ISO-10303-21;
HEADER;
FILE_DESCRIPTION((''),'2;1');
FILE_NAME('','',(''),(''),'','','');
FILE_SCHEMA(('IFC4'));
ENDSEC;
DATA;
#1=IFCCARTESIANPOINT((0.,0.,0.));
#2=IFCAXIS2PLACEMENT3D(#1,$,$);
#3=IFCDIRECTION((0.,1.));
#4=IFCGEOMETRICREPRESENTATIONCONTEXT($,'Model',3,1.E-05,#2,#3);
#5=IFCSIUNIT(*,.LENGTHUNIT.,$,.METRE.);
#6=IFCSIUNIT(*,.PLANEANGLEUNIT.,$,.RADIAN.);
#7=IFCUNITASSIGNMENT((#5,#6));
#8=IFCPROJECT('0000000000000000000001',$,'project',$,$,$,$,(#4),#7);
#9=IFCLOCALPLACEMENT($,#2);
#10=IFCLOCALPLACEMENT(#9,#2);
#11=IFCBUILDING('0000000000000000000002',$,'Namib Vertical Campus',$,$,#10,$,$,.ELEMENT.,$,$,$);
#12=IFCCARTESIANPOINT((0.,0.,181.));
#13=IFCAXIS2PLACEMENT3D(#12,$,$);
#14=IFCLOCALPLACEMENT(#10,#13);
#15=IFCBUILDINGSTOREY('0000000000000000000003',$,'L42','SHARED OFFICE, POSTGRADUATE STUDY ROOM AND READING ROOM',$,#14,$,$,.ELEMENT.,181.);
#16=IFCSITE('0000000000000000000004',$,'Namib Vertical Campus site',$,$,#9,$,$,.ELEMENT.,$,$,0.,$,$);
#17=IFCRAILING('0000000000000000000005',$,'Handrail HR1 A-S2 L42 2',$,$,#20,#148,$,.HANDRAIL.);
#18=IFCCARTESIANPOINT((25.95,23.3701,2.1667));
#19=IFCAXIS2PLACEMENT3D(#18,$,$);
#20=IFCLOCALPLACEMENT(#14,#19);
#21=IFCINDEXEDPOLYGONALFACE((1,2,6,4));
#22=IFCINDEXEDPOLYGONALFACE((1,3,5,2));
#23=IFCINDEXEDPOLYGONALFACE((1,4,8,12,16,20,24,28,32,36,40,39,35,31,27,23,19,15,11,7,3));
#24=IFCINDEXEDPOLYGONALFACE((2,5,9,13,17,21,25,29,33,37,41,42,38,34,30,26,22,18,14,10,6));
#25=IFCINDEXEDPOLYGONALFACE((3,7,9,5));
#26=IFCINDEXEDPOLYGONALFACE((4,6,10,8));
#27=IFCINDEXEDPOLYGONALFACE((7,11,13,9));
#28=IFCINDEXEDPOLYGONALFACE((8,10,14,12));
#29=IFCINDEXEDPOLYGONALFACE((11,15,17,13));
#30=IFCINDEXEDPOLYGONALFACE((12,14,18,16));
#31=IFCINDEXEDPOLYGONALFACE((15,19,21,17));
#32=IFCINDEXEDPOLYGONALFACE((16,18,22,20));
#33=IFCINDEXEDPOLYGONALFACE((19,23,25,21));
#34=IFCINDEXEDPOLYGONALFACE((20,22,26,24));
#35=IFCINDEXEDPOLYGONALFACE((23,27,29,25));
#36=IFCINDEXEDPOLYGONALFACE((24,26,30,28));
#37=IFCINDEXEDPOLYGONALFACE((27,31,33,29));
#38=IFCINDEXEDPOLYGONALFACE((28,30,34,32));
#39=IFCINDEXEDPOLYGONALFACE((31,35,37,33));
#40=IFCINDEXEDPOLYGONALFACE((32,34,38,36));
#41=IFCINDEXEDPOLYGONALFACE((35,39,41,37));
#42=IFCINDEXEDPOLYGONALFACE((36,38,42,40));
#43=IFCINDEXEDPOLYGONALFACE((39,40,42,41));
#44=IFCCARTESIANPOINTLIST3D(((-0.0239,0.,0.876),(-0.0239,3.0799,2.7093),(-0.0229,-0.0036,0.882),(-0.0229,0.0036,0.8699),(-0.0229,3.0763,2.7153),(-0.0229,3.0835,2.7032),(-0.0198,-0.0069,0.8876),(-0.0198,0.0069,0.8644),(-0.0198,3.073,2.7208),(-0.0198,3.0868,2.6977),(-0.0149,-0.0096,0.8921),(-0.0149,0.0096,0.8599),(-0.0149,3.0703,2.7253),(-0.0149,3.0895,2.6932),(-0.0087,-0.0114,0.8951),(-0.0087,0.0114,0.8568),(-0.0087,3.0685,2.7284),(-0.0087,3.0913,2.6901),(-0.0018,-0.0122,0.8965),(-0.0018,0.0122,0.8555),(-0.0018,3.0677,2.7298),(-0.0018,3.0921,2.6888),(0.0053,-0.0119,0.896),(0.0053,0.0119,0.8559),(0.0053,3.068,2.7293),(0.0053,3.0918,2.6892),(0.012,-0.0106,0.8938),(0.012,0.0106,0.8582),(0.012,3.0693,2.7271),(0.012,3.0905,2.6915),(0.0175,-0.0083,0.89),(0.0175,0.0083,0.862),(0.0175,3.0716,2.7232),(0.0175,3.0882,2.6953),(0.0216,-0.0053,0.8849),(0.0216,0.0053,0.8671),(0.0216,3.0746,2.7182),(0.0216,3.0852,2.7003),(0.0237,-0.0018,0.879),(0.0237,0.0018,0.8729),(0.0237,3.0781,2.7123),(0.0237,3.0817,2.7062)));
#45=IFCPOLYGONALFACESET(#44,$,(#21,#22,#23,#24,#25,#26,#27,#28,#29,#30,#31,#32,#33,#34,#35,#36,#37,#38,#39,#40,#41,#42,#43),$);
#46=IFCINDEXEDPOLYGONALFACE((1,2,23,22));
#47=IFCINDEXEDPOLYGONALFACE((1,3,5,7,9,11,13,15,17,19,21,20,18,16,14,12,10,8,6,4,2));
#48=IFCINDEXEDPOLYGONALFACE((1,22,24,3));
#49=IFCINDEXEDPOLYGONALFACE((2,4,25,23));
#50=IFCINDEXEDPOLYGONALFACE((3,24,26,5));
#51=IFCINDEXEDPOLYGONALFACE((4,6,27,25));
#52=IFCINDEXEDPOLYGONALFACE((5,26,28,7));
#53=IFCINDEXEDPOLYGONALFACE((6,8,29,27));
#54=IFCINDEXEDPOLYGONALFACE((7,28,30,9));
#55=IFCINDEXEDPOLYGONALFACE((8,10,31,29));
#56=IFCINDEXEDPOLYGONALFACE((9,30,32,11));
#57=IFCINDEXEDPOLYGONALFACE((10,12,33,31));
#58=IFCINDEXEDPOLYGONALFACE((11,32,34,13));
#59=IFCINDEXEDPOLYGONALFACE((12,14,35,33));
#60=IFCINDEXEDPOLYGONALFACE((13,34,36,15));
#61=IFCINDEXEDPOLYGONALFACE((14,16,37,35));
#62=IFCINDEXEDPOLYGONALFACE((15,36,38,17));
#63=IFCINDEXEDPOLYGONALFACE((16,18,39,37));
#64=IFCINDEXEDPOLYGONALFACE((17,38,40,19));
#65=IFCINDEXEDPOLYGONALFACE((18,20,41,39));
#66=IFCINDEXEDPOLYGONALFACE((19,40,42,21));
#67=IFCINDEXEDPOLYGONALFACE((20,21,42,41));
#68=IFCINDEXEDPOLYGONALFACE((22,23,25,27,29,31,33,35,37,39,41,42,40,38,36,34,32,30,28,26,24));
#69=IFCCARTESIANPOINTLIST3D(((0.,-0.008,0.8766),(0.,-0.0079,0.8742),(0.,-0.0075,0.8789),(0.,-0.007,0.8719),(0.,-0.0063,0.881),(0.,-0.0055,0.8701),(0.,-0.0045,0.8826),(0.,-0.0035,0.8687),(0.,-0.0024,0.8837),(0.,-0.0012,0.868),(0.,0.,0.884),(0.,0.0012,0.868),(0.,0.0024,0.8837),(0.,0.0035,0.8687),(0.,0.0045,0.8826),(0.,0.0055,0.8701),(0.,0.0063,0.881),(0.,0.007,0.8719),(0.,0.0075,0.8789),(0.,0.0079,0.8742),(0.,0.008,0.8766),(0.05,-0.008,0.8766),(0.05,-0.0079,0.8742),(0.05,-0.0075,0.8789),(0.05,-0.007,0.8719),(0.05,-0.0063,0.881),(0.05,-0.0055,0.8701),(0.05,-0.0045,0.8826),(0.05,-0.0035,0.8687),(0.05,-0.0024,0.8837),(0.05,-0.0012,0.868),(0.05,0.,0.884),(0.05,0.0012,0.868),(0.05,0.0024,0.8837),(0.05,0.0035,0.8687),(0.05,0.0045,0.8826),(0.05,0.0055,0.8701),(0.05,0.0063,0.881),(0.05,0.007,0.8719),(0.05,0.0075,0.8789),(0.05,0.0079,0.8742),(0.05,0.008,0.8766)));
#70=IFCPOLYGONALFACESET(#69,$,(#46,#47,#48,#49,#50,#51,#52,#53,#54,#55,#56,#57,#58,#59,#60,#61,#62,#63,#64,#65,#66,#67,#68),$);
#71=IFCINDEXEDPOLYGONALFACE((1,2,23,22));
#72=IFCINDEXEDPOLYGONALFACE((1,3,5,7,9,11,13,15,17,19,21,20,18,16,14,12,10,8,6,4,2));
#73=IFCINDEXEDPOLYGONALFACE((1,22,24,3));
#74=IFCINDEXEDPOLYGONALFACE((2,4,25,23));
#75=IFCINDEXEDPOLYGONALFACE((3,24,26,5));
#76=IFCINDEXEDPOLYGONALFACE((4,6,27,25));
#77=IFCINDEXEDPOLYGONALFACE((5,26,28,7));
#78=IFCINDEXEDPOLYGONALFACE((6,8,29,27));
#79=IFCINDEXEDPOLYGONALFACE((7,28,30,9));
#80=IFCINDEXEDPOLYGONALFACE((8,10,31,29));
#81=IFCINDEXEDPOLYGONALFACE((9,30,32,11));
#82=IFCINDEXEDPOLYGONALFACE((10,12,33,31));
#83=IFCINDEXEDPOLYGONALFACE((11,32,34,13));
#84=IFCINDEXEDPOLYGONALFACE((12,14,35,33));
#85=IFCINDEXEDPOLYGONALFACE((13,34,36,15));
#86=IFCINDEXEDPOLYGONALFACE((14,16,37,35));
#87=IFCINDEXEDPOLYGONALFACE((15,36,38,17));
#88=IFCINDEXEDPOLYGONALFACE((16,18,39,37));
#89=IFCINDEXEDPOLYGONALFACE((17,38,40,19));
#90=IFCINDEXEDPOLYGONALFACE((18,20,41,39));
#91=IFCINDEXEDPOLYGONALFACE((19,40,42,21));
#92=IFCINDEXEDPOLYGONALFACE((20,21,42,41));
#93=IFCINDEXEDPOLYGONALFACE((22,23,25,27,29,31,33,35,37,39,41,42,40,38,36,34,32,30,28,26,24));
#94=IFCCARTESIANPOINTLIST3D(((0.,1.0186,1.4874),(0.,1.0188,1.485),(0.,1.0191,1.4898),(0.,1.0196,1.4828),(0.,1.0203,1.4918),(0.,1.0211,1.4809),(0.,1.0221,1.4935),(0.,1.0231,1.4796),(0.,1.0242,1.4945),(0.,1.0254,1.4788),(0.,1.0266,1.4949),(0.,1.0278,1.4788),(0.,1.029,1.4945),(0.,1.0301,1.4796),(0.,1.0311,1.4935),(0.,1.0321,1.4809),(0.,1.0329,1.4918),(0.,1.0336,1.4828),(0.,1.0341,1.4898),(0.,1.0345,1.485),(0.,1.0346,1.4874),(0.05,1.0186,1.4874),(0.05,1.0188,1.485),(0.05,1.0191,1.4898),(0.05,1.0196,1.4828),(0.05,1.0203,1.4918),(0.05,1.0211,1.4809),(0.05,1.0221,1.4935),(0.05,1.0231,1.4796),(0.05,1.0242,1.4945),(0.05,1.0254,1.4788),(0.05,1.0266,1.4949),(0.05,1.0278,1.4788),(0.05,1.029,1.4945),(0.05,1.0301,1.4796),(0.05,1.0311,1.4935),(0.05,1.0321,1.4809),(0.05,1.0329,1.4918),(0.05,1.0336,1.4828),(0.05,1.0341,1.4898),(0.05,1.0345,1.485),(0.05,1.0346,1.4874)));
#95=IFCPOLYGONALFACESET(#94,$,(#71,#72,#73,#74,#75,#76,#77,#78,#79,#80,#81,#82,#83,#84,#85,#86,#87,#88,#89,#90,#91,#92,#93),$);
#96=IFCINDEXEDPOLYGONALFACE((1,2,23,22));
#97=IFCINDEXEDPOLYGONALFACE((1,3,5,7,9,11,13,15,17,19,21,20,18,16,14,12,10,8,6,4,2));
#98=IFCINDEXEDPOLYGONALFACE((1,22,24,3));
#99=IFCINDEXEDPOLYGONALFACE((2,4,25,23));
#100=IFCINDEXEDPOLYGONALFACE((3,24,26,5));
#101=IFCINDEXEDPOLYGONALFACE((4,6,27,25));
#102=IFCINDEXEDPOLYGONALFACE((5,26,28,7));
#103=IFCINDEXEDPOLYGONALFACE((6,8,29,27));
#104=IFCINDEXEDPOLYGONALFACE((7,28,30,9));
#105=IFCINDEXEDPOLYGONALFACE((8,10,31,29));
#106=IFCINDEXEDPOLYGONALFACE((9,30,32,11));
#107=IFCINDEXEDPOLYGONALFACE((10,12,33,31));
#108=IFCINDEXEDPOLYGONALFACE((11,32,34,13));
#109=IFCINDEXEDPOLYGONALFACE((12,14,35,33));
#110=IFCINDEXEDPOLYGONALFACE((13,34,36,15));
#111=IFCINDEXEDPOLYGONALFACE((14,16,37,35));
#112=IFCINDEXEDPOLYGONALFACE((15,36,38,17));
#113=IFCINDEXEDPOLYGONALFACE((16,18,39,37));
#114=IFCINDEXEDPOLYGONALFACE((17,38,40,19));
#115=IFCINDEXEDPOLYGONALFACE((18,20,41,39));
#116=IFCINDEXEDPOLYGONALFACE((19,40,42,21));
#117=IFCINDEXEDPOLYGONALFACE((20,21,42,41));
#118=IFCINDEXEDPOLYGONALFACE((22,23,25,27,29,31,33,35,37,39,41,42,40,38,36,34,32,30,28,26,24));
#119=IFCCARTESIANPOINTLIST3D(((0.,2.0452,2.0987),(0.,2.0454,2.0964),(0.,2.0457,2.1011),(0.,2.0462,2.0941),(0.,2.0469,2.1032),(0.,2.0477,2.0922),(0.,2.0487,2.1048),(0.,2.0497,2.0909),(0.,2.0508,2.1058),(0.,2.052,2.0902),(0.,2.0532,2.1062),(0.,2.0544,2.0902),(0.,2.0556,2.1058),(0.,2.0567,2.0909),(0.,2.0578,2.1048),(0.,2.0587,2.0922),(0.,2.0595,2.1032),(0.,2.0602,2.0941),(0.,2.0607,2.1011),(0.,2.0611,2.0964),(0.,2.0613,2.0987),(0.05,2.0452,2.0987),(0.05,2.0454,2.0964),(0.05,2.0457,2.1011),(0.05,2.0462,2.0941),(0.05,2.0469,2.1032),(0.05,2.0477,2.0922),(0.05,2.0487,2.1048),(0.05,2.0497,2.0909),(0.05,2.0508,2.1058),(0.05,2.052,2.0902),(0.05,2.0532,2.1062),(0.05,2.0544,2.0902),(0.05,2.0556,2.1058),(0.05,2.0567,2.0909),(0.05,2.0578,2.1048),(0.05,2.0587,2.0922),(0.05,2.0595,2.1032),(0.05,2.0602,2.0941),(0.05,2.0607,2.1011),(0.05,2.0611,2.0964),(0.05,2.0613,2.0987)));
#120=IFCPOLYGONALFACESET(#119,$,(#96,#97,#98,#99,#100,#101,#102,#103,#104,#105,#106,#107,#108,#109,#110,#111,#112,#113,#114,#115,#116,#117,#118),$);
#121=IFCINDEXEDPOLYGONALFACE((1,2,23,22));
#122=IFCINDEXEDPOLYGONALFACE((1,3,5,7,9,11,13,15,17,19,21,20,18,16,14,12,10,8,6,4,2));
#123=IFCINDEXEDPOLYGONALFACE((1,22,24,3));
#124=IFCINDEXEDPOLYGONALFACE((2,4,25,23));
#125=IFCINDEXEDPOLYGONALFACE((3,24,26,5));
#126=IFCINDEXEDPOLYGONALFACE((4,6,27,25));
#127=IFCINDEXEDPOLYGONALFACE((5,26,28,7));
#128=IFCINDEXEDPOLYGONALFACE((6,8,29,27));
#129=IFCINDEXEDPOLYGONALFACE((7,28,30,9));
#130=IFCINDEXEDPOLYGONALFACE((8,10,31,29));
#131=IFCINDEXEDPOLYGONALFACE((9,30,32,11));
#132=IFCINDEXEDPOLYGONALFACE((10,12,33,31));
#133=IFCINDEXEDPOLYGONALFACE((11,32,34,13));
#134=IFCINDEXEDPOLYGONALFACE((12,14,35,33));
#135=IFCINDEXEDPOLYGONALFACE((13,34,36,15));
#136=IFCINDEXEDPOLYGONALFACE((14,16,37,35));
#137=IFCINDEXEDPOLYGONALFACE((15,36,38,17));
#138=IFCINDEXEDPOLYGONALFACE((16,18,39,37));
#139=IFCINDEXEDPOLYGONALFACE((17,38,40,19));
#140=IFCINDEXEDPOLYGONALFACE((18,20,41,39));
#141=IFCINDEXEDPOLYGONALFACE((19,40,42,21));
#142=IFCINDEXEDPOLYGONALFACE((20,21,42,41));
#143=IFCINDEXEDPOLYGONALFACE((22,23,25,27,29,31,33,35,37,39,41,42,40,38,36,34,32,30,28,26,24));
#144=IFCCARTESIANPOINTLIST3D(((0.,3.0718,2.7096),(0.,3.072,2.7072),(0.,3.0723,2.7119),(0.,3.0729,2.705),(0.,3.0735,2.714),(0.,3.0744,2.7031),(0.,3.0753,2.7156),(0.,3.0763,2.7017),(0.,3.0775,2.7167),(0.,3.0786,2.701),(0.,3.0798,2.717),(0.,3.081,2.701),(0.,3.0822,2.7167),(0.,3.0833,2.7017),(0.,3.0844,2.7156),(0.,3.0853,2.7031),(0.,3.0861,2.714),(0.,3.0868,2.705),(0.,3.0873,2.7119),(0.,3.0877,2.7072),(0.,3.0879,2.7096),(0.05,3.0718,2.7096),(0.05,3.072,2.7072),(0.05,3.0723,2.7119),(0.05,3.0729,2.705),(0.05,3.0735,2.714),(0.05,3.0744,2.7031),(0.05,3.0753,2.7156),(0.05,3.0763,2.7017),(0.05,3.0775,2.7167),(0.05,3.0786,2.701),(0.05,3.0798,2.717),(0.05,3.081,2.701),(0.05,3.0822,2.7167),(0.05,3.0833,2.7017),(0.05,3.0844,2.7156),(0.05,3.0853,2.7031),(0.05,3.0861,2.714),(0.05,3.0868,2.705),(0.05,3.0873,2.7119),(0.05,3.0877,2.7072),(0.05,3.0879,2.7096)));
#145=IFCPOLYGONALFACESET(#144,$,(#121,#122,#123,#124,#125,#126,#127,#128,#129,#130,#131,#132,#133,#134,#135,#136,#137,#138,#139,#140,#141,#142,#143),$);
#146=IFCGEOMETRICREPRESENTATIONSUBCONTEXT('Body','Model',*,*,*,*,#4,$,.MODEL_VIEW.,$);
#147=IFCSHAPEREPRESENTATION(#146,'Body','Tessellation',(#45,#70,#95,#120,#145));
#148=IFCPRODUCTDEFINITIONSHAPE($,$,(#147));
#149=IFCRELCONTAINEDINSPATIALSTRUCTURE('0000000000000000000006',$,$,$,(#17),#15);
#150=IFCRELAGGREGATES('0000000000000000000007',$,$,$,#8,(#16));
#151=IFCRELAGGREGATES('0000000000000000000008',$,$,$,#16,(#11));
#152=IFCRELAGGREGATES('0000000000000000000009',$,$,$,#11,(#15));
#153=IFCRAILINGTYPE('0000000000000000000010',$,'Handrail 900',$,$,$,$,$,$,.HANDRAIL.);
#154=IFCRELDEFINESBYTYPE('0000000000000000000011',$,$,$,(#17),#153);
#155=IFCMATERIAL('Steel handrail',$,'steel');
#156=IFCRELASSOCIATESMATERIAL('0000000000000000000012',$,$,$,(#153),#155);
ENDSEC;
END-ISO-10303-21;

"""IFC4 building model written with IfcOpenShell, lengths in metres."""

from ifc_helpers import new_model, si_unit, direction, frame, origin, origin_2d, place, context, subcontext, project, spatial, circle, extrude, material, type_object, element, save


model = new_model("IFC4")

# Units and contexts
model_context = context("Model", 3, precision=1e-05, world=origin(), true_north=direction((0.0, 1.0)))
body_context = subcontext(model_context, "Body", "Model", "MODEL_VIEW")
ifc_project = project(units=[si_unit("LENGTHUNIT", "METRE"), si_unit("PLANEANGLEUNIT", "RADIAN")], contexts=[model_context])

# Site, building, storey
site_placement = place(None, origin())
site = spatial("IfcSite", under=ifc_project, at=site_placement, Name="Namib Vertical Campus site", CompositionType="ELEMENT", RefElevation=0.0)
building_placement = place(site_placement, origin())
building = spatial("IfcBuilding", under=site, at=building_placement, Name="Namib Vertical Campus", CompositionType="ELEMENT")
storey_placement = place(building_placement, frame((0.0, 0.0, 181.0)))
storey = spatial("IfcBuildingStorey", under=building, at=storey_placement, Name="L42", Description="SHARED OFFICE, POSTGRADUATE STUDY ROOM AND READING ROOM", CompositionType="ELEMENT", Elevation=181.0)

# Railing
ifc_material_1 = material(Name="Steel handrail", Category="steel")
railing_type_1 = type_object("IfcRailingType", Name="Handrail 900", PredefinedType="HANDRAIL", material=ifc_material_1)
railing_1_placement = place(storey_placement, frame((25.95, 23.3701, 2.1667)))
element("IfcRailing", 1, at=railing_1_placement, inside=storey, type_object=railing_type_1, Name="Handrail HR1 A-S2 L42 2", PredefinedType="HANDRAIL", context=body_context, shape_type="SweptSolid", body=[
    extrude(circle(Radius=0.0239, at=origin_2d()), frame((0.0, 0.0, 0.876), z_axis=(0.0, 0.859291, 0.511487), x_axis=(-1.0, 0.0, 0.0)), (0.0, 0.0, 1.0), 3.5842),
    extrude(circle(Radius=0.0081, at=origin_2d()), frame((0.0, 0.0, 0.876), z_axis=(1.0, 0.0, 0.0), x_axis=(0.0, 0.0, 1.0)), (0.0, 0.0, 1.0), 0.05),
    extrude(circle(Radius=0.0081, at=origin_2d()), frame((0.0, 1.0266, 1.4868), z_axis=(1.0, 0.0, 0.0), x_axis=(0.0, 0.0, 1.0)), (0.0, 0.0, 1.0), 0.05),
    extrude(circle(Radius=0.0081, at=origin_2d()), frame((0.0, 2.0532, 2.0981), z_axis=(1.0, 0.0, 0.0), x_axis=(0.0, 0.0, 1.0)), (0.0, 0.0, 1.0), 0.05),
    extrude(circle(Radius=0.0081, at=origin_2d()), frame((0.0, 3.0798, 2.709), z_axis=(1.0, 0.0, 0.0), x_axis=(0.0, 0.0, 1.0)), (0.0, 0.0, 1.0), 0.05),
])

save(model, "model.ifc")
